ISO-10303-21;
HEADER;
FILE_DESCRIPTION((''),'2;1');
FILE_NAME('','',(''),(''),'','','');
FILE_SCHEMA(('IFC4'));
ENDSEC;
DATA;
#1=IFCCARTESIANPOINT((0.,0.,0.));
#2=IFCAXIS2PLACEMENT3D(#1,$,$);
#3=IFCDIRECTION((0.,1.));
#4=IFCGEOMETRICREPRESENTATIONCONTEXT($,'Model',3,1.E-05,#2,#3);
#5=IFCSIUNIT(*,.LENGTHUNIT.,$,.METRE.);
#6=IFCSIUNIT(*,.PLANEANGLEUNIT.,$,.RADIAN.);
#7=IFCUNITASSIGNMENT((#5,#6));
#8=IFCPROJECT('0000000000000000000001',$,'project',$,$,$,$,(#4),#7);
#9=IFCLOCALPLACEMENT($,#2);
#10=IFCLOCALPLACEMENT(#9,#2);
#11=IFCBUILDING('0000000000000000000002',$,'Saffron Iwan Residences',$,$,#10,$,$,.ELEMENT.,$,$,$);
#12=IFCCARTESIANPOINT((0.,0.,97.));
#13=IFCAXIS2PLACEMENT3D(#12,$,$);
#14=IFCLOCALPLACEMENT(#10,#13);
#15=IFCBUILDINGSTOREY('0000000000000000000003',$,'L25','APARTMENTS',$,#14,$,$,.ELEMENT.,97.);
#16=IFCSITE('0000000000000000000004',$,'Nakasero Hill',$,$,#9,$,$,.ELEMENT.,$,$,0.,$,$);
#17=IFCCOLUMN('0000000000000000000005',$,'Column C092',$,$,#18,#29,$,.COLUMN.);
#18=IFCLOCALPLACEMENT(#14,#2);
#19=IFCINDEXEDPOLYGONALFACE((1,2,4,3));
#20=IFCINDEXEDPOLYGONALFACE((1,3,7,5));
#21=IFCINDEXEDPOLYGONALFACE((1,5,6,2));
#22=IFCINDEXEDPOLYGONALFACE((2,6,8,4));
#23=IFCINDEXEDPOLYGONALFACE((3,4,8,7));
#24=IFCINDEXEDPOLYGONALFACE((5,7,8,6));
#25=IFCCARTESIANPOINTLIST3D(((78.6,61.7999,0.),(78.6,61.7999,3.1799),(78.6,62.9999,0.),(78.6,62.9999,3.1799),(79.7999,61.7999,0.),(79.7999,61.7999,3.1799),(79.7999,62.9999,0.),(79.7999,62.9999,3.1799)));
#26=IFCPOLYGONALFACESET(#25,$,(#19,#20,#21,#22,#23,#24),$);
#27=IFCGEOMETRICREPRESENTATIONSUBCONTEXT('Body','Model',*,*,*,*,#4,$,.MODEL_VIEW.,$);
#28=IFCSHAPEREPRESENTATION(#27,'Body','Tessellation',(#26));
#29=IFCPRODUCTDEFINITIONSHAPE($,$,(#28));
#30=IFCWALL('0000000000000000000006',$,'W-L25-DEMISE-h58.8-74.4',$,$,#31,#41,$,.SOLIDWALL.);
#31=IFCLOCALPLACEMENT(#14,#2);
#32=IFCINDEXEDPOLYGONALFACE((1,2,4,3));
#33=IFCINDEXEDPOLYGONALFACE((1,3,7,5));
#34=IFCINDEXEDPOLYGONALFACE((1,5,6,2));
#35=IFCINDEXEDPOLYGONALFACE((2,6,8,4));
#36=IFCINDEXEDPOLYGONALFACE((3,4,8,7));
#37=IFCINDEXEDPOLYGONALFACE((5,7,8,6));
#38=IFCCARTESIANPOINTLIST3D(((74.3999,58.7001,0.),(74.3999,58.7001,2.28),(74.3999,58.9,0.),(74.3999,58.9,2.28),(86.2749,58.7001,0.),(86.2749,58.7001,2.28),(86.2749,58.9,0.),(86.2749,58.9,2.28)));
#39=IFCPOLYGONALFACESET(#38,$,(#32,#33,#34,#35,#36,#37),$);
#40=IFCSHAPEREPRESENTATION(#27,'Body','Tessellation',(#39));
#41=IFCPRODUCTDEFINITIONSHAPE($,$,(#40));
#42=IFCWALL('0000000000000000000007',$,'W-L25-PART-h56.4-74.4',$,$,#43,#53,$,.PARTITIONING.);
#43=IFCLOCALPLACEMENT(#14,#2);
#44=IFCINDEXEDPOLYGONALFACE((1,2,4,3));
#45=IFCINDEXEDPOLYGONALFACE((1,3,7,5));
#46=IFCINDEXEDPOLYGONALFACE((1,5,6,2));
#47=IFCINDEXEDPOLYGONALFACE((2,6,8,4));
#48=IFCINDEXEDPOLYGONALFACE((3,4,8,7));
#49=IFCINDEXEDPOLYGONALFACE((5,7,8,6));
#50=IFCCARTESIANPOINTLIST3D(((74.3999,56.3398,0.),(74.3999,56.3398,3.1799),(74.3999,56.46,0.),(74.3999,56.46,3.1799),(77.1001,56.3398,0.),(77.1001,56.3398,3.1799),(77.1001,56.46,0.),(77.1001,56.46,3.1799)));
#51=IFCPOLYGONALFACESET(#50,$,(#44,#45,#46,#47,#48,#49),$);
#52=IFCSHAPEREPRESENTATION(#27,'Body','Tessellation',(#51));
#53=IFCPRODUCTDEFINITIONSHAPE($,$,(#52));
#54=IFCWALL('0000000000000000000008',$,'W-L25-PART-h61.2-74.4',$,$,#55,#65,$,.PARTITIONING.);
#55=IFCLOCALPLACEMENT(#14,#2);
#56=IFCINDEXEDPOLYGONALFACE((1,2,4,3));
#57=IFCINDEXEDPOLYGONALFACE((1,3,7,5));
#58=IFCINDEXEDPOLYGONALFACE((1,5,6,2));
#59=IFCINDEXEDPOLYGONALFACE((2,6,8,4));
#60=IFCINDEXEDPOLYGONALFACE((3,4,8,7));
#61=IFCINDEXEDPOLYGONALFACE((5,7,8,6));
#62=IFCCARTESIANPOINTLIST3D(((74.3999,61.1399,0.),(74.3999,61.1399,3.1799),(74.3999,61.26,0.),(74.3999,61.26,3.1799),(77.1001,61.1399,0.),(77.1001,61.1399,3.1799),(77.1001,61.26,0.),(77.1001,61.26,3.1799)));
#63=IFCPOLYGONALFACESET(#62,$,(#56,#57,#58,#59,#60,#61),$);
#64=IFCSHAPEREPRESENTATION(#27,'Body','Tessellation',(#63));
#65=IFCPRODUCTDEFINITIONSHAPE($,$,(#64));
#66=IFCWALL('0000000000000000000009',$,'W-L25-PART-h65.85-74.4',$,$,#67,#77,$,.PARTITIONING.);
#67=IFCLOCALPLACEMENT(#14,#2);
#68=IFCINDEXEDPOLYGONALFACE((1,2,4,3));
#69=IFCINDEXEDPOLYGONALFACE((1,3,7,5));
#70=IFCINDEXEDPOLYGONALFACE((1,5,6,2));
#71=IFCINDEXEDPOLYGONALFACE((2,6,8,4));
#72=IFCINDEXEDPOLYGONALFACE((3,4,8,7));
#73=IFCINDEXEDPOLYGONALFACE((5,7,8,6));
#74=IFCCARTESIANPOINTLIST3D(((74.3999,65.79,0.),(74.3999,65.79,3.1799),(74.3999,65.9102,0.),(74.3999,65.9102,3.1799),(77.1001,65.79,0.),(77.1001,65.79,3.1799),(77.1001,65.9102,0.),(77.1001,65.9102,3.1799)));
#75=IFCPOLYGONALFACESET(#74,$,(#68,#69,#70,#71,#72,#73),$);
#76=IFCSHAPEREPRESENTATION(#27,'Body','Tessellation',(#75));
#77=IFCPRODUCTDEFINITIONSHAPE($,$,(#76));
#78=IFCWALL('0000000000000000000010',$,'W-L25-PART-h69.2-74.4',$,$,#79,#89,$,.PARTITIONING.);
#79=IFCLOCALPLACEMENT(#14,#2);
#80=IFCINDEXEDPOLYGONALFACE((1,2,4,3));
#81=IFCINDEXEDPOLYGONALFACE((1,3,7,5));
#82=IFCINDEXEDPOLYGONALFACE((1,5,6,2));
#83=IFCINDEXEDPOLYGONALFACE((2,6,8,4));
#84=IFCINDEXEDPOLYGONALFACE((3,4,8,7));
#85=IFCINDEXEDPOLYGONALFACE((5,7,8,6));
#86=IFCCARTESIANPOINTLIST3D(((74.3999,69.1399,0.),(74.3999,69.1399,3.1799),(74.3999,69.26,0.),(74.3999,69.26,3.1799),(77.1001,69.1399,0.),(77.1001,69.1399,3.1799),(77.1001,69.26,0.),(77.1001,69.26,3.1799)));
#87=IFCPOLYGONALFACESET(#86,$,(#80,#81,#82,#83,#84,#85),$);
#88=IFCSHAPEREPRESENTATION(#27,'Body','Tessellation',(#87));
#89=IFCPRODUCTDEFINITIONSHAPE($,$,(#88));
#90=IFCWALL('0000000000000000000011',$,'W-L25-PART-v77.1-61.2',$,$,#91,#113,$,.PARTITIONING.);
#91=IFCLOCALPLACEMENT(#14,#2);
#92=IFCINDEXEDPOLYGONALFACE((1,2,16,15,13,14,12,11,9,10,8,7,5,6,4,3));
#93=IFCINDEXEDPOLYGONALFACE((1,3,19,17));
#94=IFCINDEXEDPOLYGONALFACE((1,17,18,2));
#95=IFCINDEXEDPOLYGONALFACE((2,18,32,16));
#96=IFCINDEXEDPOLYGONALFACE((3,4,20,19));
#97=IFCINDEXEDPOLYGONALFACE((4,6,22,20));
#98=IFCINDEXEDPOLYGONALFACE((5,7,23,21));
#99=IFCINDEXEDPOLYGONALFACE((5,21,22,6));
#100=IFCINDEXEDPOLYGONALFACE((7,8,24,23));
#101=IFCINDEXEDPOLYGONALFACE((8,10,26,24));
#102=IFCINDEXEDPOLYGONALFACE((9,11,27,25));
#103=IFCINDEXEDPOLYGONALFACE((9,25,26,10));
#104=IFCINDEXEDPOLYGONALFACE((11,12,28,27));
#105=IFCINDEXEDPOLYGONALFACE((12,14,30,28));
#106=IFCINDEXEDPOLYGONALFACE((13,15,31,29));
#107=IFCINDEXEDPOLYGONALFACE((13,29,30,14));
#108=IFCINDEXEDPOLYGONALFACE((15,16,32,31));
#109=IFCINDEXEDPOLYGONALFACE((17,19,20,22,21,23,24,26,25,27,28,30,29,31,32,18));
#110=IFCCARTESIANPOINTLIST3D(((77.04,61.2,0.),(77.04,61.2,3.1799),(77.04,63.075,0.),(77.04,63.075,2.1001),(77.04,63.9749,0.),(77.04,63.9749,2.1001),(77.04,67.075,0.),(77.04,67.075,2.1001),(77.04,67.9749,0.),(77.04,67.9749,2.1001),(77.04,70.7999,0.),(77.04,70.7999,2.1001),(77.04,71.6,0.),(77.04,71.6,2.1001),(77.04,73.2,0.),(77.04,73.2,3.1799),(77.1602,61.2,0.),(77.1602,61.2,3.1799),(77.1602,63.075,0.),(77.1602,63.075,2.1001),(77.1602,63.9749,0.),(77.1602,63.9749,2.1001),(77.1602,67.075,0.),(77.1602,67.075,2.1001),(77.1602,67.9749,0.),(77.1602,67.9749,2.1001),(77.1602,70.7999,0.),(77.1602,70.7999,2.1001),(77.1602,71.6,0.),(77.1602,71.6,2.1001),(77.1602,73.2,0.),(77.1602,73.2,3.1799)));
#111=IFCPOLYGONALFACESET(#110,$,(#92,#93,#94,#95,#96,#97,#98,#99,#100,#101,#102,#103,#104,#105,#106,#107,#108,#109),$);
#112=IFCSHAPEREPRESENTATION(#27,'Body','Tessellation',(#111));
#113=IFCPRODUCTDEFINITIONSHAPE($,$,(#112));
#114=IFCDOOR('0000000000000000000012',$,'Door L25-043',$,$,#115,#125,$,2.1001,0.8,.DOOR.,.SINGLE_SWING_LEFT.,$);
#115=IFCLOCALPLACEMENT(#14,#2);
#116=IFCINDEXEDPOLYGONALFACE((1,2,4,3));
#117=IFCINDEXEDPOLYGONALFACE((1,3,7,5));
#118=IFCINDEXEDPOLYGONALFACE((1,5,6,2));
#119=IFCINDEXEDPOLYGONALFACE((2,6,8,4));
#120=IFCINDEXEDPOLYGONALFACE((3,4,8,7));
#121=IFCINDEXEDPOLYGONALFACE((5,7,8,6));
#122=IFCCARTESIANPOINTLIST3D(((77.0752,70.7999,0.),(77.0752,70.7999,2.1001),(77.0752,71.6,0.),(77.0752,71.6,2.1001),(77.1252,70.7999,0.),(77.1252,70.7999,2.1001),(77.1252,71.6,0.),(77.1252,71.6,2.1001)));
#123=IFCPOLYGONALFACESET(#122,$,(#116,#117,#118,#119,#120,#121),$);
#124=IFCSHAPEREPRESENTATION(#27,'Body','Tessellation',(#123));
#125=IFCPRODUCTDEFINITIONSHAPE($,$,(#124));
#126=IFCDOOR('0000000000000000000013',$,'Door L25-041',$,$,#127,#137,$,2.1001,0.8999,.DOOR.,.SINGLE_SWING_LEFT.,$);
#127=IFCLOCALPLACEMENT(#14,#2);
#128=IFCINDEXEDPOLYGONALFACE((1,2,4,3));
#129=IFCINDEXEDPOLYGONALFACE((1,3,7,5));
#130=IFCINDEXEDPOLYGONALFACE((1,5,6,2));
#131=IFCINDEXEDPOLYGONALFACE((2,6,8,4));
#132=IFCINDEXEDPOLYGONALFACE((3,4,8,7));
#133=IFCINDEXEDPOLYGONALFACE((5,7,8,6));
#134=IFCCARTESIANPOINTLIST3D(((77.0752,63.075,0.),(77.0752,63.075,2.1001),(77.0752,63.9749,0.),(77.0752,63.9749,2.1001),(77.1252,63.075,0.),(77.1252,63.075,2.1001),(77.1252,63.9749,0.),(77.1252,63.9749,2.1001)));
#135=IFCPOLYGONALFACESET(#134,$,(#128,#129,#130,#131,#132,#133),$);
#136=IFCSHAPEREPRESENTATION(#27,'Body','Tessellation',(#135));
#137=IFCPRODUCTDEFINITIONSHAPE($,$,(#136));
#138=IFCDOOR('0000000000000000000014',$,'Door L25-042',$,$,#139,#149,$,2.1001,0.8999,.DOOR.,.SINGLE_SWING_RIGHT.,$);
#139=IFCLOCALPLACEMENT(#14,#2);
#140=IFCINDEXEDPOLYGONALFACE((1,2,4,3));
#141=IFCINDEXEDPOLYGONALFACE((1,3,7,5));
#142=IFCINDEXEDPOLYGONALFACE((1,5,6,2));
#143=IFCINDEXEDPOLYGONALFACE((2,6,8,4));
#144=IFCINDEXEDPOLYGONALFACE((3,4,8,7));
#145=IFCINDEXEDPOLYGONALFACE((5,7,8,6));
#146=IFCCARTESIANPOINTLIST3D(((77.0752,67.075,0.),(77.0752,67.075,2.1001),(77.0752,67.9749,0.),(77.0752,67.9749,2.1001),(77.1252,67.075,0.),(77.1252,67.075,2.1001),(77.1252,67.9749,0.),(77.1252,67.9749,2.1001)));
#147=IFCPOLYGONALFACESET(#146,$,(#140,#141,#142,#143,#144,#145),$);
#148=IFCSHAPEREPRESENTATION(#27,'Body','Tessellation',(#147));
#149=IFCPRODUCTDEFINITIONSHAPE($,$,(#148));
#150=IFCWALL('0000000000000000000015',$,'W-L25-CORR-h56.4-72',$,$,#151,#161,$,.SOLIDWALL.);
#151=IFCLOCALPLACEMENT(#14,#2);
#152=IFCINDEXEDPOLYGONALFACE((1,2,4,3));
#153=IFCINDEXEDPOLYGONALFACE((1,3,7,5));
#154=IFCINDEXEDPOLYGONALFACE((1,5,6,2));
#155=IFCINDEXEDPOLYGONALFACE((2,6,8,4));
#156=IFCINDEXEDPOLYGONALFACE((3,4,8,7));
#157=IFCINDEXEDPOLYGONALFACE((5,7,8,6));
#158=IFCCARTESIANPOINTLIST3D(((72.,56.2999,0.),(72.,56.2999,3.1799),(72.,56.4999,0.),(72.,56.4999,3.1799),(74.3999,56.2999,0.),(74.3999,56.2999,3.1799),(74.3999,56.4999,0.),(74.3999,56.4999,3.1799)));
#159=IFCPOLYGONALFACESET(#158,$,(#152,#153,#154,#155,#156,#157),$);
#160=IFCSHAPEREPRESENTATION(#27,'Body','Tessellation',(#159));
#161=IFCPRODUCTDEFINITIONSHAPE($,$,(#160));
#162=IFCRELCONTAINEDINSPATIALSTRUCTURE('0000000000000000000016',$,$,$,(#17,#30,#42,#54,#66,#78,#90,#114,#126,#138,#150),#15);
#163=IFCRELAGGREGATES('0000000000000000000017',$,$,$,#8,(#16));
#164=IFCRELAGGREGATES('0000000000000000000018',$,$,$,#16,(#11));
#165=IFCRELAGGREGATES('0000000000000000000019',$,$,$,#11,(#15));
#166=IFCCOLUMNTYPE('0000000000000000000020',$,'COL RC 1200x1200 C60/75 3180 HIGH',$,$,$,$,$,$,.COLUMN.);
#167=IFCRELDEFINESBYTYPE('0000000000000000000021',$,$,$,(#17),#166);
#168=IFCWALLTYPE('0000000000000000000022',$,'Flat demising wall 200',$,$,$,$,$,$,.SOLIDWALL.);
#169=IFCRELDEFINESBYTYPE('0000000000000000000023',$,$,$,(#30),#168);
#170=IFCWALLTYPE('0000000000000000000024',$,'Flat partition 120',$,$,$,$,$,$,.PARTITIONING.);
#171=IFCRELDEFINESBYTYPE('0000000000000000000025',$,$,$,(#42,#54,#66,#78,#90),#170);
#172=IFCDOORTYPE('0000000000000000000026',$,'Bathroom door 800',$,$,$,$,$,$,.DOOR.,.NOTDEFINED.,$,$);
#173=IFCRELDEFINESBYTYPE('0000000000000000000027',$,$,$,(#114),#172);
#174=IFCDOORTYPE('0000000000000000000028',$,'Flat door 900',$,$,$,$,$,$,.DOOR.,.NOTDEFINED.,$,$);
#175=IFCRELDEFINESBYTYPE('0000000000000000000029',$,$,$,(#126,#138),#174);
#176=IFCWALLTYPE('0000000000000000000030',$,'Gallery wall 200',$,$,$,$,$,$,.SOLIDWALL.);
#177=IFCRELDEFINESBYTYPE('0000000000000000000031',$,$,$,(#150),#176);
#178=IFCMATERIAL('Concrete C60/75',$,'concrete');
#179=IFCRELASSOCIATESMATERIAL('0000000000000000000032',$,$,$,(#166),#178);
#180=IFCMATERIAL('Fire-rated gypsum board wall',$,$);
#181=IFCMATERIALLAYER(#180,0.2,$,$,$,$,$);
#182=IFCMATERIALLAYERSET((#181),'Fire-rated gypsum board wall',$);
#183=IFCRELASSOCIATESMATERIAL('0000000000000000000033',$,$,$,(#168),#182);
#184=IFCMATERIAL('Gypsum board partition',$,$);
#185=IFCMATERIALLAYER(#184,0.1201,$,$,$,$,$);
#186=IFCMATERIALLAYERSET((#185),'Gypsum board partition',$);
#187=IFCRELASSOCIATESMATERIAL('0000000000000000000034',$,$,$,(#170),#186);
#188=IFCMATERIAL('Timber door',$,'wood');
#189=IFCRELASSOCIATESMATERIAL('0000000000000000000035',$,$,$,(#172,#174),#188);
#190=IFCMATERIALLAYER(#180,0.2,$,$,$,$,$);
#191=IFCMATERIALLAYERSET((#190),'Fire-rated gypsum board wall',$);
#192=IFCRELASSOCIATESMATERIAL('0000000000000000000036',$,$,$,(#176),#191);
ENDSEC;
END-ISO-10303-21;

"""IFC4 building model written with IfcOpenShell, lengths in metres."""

from ifc_helpers import new_model, si_unit, direction, frame, frame_2d, origin, origin_2d, place, context, subcontext, project, spatial, rectangle, extrude, source, transform, mapped, material, layer, layer_set, material_profile, profile_set, type_object, element, fill, save


model = new_model("IFC4")

# Units and contexts
model_context = context("Model", 3, precision=1e-05, world=origin(), true_north=direction((0.0, 1.0)))
body_context = subcontext(model_context, "Body", "Model", "MODEL_VIEW")
ifc_project = project(units=[si_unit("LENGTHUNIT", "METRE"), si_unit("PLANEANGLEUNIT", "RADIAN")], contexts=[model_context])

# Site, building, storey
site_placement = place(None, origin())
site = spatial("IfcSite", under=ifc_project, at=site_placement, Name="Nakasero Hill", CompositionType="ELEMENT", RefElevation=0.0)
building_placement = place(site_placement, origin())
building = spatial("IfcBuilding", under=site, at=building_placement, Name="Saffron Iwan Residences", CompositionType="ELEMENT")
storey_placement = place(building_placement, frame((0.0, 0.0, 97.0)))
storey = spatial("IfcBuildingStorey", under=building, at=storey_placement, Name="L25", Description="APARTMENTS", CompositionType="ELEMENT", Elevation=97.0)

# Column
ifc_material_1 = material(Name="Concrete C60/75", Category="concrete")
ifc_material_profile = material_profile(ifc_material_1, rectangle(XDim=1.2, YDim=1.2, at=origin_2d()), Name="RC 1200x1200")
ifc_profile_set = profile_set([ifc_material_profile], Name="Concrete C60/75")
column_type = type_object("IfcColumnType", Name="COL RC 1200x1200 C60/75 3180 HIGH", PredefinedType="COLUMN", material=ifc_profile_set)
shared_shape = source(origin(), body_context, "Body", "SweptSolid", [
    extrude(rectangle(XDim=1.2, YDim=1.2, at=origin_2d()), origin(), (0.0, 0.0, 1.0), 3.1799),
])
column_placement = place(storey_placement, frame((79.2, 62.3999, 0.0), z_axis=(0.0, 0.0, 1.0), x_axis=(1.0, 0.0, 0.0)))
element("IfcColumn", 1, at=column_placement, inside=storey, type_object=column_type, Name="Column C092", PredefinedType="COLUMN", context=body_context, shape_type="MappedRepresentation", body=[
    mapped(shared_shape, transform((0.0, 0.0, 0.0))),
])

# Walls
ifc_material_2 = material(Name="Fire-rated gypsum board wall")
ifc_layer_1 = layer(ifc_material_2, 0.2)
ifc_layer_set_1 = layer_set([ifc_layer_1], Name="Fire-rated gypsum board wall")
wall_type_1 = type_object("IfcWallType", Name="Flat demising wall 200", PredefinedType="SOLIDWALL", material=ifc_layer_set_1)
wall_1_placement = place(storey_placement, frame((74.3999, 58.8, 0.0), z_axis=(0.0, 0.0, 1.0), x_axis=(1.0, 0.0, 0.0)))
element("IfcWall", 2, at=wall_1_placement, inside=storey, type_object=wall_type_1, Name="W-L25-DEMISE-h58.8-74.4", PredefinedType="SOLIDWALL", context=body_context, shape_type="SweptSolid", body=[
    extrude(rectangle(XDim=11.875, YDim=0.2, at=frame_2d((5.9375, 0.0))), origin(), (0.0, 0.0, 1.0), 2.28),
])
ifc_material_3 = material(Name="Gypsum board partition")
ifc_layer_2 = layer(ifc_material_3, 0.1201)
ifc_layer_set_2 = layer_set([ifc_layer_2], Name="Gypsum board partition")
wall_type_2 = type_object("IfcWallType", Name="Flat partition 120", PredefinedType="PARTITIONING", material=ifc_layer_set_2)
for number, where, z_axis, x_axis, name in (
    (3, (74.3999, 56.3999, 0.0), (0.0, 0.0, 1.0), (1.0, 0.0, 0.0), "W-L25-PART-h56.4-74.4"),
    (4, (74.3999, 61.2, 0.0), (0.0, 0.0, 1.0), (1.0, 0.0, 0.0), "W-L25-PART-h61.2-74.4"),
    (5, (74.3999, 65.8501, 0.0), (0.0, 0.0, 1.0), (1.0, 0.0, 0.0), "W-L25-PART-h65.85-74.4"),
    (6, (74.3999, 69.2, 0.0), (0.0, 0.0, 1.0), (1.0, 0.0, 0.0), "W-L25-PART-h69.2-74.4"),
):
    element("IfcWall", number, at=place(storey_placement, frame(where, z_axis=z_axis, x_axis=x_axis)), inside=storey, type_object=wall_type_2, Name=name, PredefinedType="PARTITIONING", context=body_context, shape_type="SweptSolid", body=[
        extrude(rectangle(XDim=2.7002, YDim=0.1201, at=frame_2d((1.3501, 0.0))), origin(), (0.0, 0.0, 1.0), 3.1799),
    ])

# Wall, openings, doors
wall_2_placement = place(storey_placement, frame((77.1001, 61.2, 0.0), z_axis=(0.0, 0.0, 1.0), x_axis=(0.0, 1.0, 0.0)))
wall_2 = element("IfcWall", 7, at=wall_2_placement, inside=storey, type_object=wall_type_2, Name="W-L25-PART-v77.1-61.2", PredefinedType="PARTITIONING", context=body_context, shape_type="SweptSolid", body=[
    extrude(rectangle(XDim=12.0, YDim=0.1201, at=frame_2d((6.0, 0.0))), origin(), (0.0, 0.0, 1.0), 3.1799),
])
opening_1_placement = place(wall_2_placement, frame((1.875, 0.0, 0.0)))
opening_1 = element("IfcOpeningElement", 8, at=opening_1_placement, cuts=wall_2, PredefinedType="OPENING", context=body_context, shape_type="SweptSolid", body=[
    extrude(rectangle(XDim=0.8999, YDim=2.1001, at=frame_2d((0.45, 1.05))), frame((0.0, 0.0701, 0.0), z_axis=(0.0, -1.0, 0.0), x_axis=(1.0, 0.0, 0.0)), (0.0, 0.0, 1.0), 0.1401),
])
opening_2_placement = place(wall_2_placement, frame((5.875, 0.0, 0.0)))
opening_2 = element("IfcOpeningElement", 9, at=opening_2_placement, cuts=wall_2, PredefinedType="OPENING", context=body_context, shape_type="SweptSolid", body=[
    extrude(rectangle(XDim=0.8999, YDim=2.1001, at=frame_2d((0.45, 1.05))), frame((0.0, 0.0701, 0.0), z_axis=(0.0, -1.0, 0.0), x_axis=(1.0, 0.0, 0.0)), (0.0, 0.0, 1.0), 0.1401),
])
opening_3_placement = place(wall_2_placement, frame((9.6001, 0.0, 0.0)))
opening_3 = element("IfcOpeningElement", 10, at=opening_3_placement, cuts=wall_2, PredefinedType="OPENING", context=body_context, shape_type="SweptSolid", body=[
    extrude(rectangle(XDim=0.8, YDim=2.1001, at=frame_2d((0.3999, 1.05))), frame((0.0, 0.0701, 0.0), z_axis=(0.0, -1.0, 0.0), x_axis=(1.0, 0.0, 0.0)), (0.0, 0.0, 1.0), 0.1401),
])
ifc_material_4 = material(Name="Timber door", Category="wood")
door_type_1 = type_object("IfcDoorType", Name="Bathroom door 800", OperationType="NOTDEFINED", PredefinedType="DOOR", material=ifc_material_4)
door_1_placement = place(opening_3_placement, origin())
door_1 = element("IfcDoor", 11, at=door_1_placement, inside=storey, type_object=door_type_1, Name="Door L25-043", OperationType="SINGLE_SWING_LEFT", OverallHeight=2.1001, OverallWidth=0.8, PredefinedType="DOOR", context=body_context, shape_type="SweptSolid", body=[
    extrude(rectangle(XDim=0.8, YDim=2.1001, at=frame_2d((0.3999, 1.05))), frame((0.0, 0.0249, 0.0), z_axis=(0.0, -1.0, 0.0), x_axis=(1.0, 0.0, 0.0)), (0.0, 0.0, 1.0), 0.05),
])
fill(opening_3, door_1)
door_type_2 = type_object("IfcDoorType", Name="Flat door 900", OperationType="NOTDEFINED", PredefinedType="DOOR", material=ifc_material_4)
door_2_placement = place(opening_1_placement, origin())
door_2 = element("IfcDoor", 12, at=door_2_placement, inside=storey, type_object=door_type_2, Name="Door L25-041", OperationType="SINGLE_SWING_LEFT", OverallHeight=2.1001, OverallWidth=0.8999, PredefinedType="DOOR", context=body_context, shape_type="SweptSolid", body=[
    extrude(rectangle(XDim=0.8999, YDim=2.1001, at=frame_2d((0.45, 1.05))), frame((0.0, 0.0249, 0.0), z_axis=(0.0, -1.0, 0.0), x_axis=(1.0, 0.0, 0.0)), (0.0, 0.0, 1.0), 0.05),
])
fill(opening_1, door_2)
door_3_placement = place(opening_2_placement, origin())
door_3 = element("IfcDoor", 13, at=door_3_placement, inside=storey, type_object=door_type_2, Name="Door L25-042", OperationType="SINGLE_SWING_RIGHT", OverallHeight=2.1001, OverallWidth=0.8999, PredefinedType="DOOR", context=body_context, shape_type="SweptSolid", body=[
    extrude(rectangle(XDim=0.8999, YDim=2.1001, at=frame_2d((0.45, 1.05))), frame((0.0, 0.0249, 0.0), z_axis=(0.0, -1.0, 0.0), x_axis=(1.0, 0.0, 0.0)), (0.0, 0.0, 1.0), 0.05),
])
fill(opening_2, door_3)

# Wall
ifc_layer_3 = layer(ifc_material_2, 0.2)
ifc_layer_set_3 = layer_set([ifc_layer_3], Name="Fire-rated gypsum board wall")
wall_type_3 = type_object("IfcWallType", Name="Gallery wall 200", PredefinedType="SOLIDWALL", material=ifc_layer_set_3)
wall_3_placement = place(storey_placement, frame((72.0, 56.3999, 0.0), z_axis=(0.0, 0.0, 1.0), x_axis=(1.0, 0.0, 0.0)))
element("IfcWall", 14, at=wall_3_placement, inside=storey, type_object=wall_type_3, Name="W-L25-CORR-h56.4-72", PredefinedType="SOLIDWALL", context=body_context, shape_type="SweptSolid", body=[
    extrude(rectangle(XDim=2.3999, YDim=0.2, at=frame_2d((1.2, 0.0))), origin(), (0.0, 0.0, 1.0), 3.1799),
])

save(model, "model.ifc")
